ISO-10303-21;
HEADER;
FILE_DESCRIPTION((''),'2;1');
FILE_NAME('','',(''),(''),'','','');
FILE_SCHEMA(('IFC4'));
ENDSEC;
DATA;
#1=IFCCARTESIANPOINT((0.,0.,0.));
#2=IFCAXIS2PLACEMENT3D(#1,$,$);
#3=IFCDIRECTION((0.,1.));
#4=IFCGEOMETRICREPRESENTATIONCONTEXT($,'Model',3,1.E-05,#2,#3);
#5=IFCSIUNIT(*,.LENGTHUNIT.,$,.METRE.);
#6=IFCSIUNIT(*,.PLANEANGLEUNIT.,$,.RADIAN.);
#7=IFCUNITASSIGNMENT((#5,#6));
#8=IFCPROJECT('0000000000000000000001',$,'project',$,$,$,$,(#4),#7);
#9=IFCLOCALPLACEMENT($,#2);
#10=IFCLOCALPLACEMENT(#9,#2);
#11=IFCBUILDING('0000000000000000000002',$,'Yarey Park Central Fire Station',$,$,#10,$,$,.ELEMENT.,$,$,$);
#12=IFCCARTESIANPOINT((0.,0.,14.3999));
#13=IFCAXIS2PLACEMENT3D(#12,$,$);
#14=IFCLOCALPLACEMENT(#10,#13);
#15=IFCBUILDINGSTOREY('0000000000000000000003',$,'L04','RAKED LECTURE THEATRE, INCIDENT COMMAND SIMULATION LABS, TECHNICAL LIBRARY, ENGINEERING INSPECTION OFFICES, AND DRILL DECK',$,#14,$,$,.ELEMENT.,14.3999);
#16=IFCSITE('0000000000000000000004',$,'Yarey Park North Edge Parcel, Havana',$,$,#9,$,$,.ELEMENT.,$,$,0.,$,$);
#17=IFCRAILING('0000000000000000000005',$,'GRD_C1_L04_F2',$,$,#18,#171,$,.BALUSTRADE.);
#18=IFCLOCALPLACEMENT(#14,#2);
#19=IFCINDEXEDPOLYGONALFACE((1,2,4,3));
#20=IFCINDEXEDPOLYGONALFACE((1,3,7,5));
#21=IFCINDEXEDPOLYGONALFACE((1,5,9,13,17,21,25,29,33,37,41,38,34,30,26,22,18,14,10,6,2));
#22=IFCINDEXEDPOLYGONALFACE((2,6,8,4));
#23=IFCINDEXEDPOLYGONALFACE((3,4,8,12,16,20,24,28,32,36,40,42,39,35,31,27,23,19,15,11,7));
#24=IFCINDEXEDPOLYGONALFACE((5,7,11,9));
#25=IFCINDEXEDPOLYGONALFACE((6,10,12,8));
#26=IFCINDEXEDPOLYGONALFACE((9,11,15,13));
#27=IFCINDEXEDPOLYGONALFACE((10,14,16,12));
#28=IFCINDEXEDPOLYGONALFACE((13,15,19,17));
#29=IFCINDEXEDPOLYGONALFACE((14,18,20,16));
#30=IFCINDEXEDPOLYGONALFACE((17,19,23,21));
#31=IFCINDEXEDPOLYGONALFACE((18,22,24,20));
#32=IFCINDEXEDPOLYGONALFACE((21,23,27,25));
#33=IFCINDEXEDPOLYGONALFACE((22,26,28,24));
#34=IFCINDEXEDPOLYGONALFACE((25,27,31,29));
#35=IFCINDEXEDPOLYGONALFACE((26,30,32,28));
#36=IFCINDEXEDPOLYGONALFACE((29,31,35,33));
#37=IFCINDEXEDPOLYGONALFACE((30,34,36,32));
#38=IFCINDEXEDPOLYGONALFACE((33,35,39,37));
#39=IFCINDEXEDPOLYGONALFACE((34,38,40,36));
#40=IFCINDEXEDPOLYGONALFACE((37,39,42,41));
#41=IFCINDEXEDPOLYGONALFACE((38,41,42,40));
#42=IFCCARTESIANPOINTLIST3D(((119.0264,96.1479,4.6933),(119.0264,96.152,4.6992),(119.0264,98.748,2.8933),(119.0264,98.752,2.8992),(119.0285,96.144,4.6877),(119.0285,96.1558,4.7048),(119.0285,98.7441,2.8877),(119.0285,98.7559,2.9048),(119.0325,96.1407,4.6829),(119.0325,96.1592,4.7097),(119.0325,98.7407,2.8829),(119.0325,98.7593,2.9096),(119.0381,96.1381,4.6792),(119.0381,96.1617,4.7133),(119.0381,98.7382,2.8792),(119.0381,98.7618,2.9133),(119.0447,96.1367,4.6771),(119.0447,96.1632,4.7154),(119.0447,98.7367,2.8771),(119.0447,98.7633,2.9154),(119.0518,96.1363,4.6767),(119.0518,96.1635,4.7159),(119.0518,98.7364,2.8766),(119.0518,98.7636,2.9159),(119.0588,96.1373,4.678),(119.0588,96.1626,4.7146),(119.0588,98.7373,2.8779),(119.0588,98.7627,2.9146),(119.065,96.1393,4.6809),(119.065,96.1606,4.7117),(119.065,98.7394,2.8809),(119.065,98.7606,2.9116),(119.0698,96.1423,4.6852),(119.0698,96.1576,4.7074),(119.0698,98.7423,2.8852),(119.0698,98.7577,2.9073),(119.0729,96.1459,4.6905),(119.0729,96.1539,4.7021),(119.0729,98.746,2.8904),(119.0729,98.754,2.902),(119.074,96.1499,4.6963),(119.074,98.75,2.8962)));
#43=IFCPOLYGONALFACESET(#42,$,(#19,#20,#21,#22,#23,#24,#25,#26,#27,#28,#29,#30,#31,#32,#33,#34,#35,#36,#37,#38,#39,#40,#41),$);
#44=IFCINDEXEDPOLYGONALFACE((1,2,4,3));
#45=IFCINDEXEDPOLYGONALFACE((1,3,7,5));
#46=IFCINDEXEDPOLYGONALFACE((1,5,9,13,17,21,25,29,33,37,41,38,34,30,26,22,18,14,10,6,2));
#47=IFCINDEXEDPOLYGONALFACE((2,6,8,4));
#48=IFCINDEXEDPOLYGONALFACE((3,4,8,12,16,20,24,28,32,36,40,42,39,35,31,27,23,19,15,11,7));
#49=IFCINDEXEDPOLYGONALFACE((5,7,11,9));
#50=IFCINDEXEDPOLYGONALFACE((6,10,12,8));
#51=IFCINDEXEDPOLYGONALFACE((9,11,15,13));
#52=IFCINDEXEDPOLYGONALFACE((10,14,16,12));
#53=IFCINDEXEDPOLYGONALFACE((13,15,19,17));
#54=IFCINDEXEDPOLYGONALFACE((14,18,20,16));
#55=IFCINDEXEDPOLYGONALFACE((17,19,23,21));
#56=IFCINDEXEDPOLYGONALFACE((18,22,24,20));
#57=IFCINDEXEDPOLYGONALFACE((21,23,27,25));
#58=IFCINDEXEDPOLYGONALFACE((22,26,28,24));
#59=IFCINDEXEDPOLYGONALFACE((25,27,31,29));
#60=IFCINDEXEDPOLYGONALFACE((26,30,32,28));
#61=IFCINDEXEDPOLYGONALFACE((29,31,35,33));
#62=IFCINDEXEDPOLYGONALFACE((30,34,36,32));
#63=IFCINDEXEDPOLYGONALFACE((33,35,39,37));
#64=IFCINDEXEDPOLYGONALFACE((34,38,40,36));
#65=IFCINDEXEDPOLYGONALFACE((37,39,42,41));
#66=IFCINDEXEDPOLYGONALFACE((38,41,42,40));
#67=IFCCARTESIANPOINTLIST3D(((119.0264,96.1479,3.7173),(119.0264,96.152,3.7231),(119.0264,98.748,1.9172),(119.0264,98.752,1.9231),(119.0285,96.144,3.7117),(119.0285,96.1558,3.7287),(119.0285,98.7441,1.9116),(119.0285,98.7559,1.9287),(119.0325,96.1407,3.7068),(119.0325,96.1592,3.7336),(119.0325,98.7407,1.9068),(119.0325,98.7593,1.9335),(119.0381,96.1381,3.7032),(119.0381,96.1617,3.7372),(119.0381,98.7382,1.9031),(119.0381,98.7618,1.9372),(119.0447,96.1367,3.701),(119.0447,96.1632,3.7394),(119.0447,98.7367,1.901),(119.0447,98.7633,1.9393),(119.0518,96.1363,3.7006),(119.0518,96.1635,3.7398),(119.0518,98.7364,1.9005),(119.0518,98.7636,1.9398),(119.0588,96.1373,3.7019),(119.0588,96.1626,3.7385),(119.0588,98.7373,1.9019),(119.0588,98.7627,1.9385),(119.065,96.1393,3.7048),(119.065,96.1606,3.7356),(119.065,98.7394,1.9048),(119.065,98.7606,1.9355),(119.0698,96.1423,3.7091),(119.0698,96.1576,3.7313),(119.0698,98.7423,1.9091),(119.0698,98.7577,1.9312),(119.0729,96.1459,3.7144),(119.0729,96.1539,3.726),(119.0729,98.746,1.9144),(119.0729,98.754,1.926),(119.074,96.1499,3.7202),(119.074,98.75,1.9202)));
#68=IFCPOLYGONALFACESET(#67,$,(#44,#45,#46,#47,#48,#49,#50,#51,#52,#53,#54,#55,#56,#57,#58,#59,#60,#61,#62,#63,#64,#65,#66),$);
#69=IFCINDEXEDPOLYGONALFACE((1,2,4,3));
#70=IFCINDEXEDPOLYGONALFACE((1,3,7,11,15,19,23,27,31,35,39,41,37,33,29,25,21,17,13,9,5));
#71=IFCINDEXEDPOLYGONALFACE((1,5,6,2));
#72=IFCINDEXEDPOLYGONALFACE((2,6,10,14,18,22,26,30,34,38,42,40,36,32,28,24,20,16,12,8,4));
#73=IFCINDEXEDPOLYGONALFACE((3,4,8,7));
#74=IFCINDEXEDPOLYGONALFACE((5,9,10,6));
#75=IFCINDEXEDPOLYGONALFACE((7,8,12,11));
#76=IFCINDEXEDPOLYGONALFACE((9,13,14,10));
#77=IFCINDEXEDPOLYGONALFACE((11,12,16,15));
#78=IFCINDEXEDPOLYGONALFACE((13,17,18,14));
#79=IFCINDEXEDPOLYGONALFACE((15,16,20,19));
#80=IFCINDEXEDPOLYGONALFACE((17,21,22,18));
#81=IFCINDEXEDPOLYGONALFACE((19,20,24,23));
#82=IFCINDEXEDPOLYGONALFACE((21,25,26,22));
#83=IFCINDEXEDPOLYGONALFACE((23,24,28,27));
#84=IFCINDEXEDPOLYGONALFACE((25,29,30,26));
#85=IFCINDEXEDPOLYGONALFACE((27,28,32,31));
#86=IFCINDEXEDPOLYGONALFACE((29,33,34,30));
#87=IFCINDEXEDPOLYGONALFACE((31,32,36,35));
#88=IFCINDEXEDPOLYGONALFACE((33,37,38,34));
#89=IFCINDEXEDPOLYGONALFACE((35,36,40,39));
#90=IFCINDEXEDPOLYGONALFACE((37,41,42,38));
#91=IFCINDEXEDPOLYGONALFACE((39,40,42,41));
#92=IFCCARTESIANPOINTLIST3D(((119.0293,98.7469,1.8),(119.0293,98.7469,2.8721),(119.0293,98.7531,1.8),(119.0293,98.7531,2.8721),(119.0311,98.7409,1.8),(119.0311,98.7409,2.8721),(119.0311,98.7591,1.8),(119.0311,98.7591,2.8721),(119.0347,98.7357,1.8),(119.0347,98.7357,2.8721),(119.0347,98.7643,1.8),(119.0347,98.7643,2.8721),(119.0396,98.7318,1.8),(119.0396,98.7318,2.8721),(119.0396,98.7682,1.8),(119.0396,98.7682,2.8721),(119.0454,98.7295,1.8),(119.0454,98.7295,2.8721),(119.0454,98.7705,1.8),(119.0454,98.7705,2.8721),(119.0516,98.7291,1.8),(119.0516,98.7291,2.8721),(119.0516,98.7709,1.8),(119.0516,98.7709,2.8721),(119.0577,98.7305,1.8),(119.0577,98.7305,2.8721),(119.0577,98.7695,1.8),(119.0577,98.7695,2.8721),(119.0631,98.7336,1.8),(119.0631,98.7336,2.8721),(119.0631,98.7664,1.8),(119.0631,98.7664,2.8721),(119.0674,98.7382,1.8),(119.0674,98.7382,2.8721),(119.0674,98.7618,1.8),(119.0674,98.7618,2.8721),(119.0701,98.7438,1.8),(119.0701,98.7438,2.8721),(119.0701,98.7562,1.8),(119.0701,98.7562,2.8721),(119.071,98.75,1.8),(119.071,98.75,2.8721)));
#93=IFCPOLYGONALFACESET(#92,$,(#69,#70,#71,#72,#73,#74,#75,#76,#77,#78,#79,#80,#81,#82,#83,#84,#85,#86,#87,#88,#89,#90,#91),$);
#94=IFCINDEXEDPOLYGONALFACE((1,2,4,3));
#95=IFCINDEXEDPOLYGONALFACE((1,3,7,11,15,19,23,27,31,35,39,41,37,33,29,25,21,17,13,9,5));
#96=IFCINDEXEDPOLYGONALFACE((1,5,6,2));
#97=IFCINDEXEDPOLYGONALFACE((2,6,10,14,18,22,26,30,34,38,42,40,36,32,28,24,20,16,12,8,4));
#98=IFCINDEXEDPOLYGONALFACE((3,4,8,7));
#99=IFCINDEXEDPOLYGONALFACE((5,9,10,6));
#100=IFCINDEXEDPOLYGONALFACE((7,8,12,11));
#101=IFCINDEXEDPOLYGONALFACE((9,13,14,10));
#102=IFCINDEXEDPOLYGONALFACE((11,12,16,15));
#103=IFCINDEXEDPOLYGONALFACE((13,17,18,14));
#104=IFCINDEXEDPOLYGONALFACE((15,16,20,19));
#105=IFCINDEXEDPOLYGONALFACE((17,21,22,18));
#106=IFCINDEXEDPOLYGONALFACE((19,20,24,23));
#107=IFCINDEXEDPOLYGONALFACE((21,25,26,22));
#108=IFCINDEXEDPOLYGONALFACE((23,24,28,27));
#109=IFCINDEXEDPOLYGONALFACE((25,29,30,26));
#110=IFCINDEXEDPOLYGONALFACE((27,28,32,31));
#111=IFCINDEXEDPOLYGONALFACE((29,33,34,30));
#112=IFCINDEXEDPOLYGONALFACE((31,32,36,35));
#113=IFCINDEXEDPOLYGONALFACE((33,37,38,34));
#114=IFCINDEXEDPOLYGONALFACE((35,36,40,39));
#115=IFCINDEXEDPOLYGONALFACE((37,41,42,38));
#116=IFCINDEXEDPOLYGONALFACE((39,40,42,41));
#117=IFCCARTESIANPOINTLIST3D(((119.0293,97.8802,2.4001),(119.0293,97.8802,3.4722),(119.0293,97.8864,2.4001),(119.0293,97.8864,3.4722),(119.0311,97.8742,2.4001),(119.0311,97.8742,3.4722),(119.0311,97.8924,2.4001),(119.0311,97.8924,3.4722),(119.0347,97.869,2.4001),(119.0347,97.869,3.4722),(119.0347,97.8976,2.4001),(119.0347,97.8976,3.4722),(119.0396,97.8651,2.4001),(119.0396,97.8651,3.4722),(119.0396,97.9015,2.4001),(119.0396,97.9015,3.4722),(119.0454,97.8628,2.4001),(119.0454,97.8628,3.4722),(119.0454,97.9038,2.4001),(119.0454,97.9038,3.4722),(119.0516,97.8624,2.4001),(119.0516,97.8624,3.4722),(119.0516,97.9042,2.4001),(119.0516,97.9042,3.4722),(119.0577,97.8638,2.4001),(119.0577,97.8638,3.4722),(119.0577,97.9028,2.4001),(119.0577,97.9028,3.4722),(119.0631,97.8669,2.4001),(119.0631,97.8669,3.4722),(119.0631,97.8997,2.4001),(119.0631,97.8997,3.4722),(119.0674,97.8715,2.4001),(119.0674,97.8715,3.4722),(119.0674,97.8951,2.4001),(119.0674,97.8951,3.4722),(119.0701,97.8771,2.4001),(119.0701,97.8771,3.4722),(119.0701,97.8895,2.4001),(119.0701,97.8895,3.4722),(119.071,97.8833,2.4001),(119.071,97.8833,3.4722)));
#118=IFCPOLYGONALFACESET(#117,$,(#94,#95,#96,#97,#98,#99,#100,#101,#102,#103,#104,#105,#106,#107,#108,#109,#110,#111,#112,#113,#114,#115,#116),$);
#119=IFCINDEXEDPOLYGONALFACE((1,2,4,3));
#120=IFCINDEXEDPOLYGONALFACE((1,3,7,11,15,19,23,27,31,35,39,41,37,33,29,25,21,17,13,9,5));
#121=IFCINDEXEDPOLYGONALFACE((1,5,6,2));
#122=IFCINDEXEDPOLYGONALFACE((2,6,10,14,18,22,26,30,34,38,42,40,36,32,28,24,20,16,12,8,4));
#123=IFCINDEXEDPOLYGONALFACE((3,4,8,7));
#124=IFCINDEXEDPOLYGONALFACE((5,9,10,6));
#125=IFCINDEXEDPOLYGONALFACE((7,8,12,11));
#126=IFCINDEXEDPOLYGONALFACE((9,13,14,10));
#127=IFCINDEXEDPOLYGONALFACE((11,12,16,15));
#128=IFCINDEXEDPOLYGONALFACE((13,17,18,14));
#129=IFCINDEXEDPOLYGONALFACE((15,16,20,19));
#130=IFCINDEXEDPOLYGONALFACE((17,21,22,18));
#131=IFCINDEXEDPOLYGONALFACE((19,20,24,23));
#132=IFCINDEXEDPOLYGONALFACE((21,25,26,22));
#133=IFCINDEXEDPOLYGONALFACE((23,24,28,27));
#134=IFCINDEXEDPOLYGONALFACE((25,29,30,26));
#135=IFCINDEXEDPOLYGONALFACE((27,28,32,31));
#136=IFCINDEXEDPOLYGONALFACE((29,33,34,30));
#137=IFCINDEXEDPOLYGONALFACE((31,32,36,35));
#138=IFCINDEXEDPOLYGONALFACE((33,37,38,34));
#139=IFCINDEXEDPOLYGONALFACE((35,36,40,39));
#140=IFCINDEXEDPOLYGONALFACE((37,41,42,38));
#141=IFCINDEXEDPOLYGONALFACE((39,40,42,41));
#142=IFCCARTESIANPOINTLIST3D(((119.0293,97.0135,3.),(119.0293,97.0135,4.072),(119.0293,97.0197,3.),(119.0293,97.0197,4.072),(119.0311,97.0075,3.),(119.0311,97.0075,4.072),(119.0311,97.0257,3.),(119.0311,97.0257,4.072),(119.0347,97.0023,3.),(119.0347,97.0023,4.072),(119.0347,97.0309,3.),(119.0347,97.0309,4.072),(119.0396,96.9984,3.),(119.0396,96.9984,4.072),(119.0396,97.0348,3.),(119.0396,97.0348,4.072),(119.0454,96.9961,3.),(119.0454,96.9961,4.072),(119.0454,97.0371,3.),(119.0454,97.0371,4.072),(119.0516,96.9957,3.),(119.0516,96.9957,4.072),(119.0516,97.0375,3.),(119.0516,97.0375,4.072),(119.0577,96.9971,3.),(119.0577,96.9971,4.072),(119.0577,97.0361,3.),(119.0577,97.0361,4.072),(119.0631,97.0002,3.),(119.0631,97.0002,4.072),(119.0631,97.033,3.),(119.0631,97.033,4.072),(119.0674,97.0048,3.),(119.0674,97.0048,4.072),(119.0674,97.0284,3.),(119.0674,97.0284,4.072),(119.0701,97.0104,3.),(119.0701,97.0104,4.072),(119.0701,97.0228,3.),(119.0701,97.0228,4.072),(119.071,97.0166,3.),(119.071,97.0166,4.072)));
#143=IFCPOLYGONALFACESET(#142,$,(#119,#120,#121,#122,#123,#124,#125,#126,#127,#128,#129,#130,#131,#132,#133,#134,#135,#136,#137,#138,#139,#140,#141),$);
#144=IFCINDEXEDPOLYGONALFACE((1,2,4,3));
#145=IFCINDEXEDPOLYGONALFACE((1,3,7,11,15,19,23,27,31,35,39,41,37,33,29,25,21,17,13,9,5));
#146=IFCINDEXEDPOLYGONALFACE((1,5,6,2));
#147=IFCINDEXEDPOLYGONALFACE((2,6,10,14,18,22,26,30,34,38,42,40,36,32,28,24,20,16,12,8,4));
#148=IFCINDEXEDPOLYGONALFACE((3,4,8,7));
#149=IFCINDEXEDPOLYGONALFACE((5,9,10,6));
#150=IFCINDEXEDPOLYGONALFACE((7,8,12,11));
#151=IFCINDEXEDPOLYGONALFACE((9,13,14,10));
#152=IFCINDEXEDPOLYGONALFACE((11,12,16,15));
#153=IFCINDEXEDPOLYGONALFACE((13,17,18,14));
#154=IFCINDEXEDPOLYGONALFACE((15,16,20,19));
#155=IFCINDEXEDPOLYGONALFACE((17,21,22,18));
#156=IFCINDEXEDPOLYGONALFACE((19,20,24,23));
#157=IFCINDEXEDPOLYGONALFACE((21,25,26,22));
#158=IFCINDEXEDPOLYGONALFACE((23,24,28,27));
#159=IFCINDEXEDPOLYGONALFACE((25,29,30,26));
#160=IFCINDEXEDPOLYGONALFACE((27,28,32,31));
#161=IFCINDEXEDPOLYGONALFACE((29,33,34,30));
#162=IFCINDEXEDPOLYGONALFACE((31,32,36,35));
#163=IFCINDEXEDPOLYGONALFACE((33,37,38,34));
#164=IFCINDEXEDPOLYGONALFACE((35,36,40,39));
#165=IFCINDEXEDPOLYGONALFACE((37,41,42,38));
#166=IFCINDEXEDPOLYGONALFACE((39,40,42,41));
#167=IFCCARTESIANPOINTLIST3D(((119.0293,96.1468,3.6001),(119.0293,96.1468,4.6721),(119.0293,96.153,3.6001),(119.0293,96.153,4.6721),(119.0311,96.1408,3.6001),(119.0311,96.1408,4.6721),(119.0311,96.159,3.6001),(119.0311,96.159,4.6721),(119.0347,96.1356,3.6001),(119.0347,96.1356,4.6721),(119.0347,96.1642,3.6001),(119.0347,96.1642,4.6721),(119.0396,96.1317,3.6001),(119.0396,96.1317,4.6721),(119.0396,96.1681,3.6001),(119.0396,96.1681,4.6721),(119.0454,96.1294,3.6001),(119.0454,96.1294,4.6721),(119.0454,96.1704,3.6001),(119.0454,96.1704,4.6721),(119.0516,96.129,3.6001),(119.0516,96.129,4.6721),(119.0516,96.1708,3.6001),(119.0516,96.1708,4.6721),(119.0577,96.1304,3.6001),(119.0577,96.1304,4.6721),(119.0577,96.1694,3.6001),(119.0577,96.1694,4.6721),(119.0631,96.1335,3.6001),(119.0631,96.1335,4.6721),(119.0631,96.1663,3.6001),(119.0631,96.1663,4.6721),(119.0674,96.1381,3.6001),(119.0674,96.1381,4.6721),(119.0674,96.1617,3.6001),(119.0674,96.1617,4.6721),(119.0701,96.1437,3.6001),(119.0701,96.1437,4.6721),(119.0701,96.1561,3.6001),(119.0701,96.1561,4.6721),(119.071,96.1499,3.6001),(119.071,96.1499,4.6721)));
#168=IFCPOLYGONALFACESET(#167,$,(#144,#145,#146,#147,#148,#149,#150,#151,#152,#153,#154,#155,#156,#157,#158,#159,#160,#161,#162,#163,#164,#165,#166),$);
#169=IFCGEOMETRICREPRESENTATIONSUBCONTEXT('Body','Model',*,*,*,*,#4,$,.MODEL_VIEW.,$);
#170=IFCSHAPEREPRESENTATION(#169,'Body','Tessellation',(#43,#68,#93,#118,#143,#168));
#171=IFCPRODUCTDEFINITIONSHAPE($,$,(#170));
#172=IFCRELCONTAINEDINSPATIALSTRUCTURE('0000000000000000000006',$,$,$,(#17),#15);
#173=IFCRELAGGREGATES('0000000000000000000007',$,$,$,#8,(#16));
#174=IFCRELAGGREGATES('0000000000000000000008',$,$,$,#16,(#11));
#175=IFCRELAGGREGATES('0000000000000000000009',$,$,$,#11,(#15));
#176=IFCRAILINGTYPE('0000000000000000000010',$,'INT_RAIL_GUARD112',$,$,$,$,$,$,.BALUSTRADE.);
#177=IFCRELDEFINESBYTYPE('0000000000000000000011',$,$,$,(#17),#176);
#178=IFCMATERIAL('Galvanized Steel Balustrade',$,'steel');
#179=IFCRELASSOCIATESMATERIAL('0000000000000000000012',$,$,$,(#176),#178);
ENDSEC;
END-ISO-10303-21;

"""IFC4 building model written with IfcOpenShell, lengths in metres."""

from ifc_helpers import new_model, si_unit, direction, frame, origin, origin_2d, place, context, subcontext, project, spatial, circle, extrude, material, type_object, element, save


model = new_model("IFC4")

# Units and contexts
model_context = context("Model", 3, precision=1e-05, world=origin(), true_north=direction((0.0, 1.0)))
body_context = subcontext(model_context, "Body", "Model", "MODEL_VIEW")
ifc_project = project(units=[si_unit("LENGTHUNIT", "METRE"), si_unit("PLANEANGLEUNIT", "RADIAN")], contexts=[model_context])

# Site, building, storey
site_placement = place(None, origin())
site = spatial("IfcSite", under=ifc_project, at=site_placement, Name="Yarey Park North Edge Parcel, Havana", CompositionType="ELEMENT", RefElevation=0.0)
building_placement = place(site_placement, origin())
building = spatial("IfcBuilding", under=site, at=building_placement, Name="Yarey Park Central Fire Station", CompositionType="ELEMENT")
storey_placement = place(building_placement, frame((0.0, 0.0, 14.3999)))
storey = spatial("IfcBuildingStorey", under=building, at=storey_placement, Name="L04", Description="RAKED LECTURE THEATRE, INCIDENT COMMAND SIMULATION LABS, TECHNICAL LIBRARY, ENGINEERING INSPECTION OFFICES, AND DRILL DECK", CompositionType="ELEMENT", Elevation=14.3999)

# Railing
ifc_material_1 = material(Name="Galvanized Steel Balustrade", Category="steel")
railing_type_1 = type_object("IfcRailingType", Name="INT_RAIL_GUARD112", PredefinedType="BALUSTRADE", material=ifc_material_1)
railing_1_placement = place(storey_placement, frame((119.05, 98.75, 1.8)))
element("IfcRailing", 1, at=railing_1_placement, inside=storey, type_object=railing_type_1, Name="GRD_C1_L04_F2", PredefinedType="BALUSTRADE", context=body_context, shape_type="SweptSolid", body=[
    extrude(circle(Radius=0.0239, at=origin_2d()), frame((0.0, 0.0, 1.0962), z_axis=(0.0, -0.822195, 0.569206), x_axis=(1.0, 0.0, 0.0)), (0.0, 0.0, 1.0), 3.1624),
    extrude(circle(Radius=0.0239, at=origin_2d()), frame((0.0, 0.0, 0.1201), z_axis=(0.0, -0.822195, 0.569206), x_axis=(1.0, 0.0, 0.0)), (0.0, 0.0, 1.0), 3.1624),
    extrude(circle(Radius=0.021, at=origin_2d()), origin(), (0.0, 0.0, 1.0), 1.072),
    extrude(circle(Radius=0.021, at=origin_2d()), frame((0.0, -0.8667, 0.6001)), (0.0, 0.0, 1.0), 1.072),
    extrude(circle(Radius=0.021, at=origin_2d()), frame((0.0, -1.7334, 1.2)), (0.0, 0.0, 1.0), 1.072),
    extrude(circle(Radius=0.021, at=origin_2d()), frame((0.0, -2.6001, 1.8)), (0.0, 0.0, 1.0), 1.072),
])

save(model, "model.ifc")
